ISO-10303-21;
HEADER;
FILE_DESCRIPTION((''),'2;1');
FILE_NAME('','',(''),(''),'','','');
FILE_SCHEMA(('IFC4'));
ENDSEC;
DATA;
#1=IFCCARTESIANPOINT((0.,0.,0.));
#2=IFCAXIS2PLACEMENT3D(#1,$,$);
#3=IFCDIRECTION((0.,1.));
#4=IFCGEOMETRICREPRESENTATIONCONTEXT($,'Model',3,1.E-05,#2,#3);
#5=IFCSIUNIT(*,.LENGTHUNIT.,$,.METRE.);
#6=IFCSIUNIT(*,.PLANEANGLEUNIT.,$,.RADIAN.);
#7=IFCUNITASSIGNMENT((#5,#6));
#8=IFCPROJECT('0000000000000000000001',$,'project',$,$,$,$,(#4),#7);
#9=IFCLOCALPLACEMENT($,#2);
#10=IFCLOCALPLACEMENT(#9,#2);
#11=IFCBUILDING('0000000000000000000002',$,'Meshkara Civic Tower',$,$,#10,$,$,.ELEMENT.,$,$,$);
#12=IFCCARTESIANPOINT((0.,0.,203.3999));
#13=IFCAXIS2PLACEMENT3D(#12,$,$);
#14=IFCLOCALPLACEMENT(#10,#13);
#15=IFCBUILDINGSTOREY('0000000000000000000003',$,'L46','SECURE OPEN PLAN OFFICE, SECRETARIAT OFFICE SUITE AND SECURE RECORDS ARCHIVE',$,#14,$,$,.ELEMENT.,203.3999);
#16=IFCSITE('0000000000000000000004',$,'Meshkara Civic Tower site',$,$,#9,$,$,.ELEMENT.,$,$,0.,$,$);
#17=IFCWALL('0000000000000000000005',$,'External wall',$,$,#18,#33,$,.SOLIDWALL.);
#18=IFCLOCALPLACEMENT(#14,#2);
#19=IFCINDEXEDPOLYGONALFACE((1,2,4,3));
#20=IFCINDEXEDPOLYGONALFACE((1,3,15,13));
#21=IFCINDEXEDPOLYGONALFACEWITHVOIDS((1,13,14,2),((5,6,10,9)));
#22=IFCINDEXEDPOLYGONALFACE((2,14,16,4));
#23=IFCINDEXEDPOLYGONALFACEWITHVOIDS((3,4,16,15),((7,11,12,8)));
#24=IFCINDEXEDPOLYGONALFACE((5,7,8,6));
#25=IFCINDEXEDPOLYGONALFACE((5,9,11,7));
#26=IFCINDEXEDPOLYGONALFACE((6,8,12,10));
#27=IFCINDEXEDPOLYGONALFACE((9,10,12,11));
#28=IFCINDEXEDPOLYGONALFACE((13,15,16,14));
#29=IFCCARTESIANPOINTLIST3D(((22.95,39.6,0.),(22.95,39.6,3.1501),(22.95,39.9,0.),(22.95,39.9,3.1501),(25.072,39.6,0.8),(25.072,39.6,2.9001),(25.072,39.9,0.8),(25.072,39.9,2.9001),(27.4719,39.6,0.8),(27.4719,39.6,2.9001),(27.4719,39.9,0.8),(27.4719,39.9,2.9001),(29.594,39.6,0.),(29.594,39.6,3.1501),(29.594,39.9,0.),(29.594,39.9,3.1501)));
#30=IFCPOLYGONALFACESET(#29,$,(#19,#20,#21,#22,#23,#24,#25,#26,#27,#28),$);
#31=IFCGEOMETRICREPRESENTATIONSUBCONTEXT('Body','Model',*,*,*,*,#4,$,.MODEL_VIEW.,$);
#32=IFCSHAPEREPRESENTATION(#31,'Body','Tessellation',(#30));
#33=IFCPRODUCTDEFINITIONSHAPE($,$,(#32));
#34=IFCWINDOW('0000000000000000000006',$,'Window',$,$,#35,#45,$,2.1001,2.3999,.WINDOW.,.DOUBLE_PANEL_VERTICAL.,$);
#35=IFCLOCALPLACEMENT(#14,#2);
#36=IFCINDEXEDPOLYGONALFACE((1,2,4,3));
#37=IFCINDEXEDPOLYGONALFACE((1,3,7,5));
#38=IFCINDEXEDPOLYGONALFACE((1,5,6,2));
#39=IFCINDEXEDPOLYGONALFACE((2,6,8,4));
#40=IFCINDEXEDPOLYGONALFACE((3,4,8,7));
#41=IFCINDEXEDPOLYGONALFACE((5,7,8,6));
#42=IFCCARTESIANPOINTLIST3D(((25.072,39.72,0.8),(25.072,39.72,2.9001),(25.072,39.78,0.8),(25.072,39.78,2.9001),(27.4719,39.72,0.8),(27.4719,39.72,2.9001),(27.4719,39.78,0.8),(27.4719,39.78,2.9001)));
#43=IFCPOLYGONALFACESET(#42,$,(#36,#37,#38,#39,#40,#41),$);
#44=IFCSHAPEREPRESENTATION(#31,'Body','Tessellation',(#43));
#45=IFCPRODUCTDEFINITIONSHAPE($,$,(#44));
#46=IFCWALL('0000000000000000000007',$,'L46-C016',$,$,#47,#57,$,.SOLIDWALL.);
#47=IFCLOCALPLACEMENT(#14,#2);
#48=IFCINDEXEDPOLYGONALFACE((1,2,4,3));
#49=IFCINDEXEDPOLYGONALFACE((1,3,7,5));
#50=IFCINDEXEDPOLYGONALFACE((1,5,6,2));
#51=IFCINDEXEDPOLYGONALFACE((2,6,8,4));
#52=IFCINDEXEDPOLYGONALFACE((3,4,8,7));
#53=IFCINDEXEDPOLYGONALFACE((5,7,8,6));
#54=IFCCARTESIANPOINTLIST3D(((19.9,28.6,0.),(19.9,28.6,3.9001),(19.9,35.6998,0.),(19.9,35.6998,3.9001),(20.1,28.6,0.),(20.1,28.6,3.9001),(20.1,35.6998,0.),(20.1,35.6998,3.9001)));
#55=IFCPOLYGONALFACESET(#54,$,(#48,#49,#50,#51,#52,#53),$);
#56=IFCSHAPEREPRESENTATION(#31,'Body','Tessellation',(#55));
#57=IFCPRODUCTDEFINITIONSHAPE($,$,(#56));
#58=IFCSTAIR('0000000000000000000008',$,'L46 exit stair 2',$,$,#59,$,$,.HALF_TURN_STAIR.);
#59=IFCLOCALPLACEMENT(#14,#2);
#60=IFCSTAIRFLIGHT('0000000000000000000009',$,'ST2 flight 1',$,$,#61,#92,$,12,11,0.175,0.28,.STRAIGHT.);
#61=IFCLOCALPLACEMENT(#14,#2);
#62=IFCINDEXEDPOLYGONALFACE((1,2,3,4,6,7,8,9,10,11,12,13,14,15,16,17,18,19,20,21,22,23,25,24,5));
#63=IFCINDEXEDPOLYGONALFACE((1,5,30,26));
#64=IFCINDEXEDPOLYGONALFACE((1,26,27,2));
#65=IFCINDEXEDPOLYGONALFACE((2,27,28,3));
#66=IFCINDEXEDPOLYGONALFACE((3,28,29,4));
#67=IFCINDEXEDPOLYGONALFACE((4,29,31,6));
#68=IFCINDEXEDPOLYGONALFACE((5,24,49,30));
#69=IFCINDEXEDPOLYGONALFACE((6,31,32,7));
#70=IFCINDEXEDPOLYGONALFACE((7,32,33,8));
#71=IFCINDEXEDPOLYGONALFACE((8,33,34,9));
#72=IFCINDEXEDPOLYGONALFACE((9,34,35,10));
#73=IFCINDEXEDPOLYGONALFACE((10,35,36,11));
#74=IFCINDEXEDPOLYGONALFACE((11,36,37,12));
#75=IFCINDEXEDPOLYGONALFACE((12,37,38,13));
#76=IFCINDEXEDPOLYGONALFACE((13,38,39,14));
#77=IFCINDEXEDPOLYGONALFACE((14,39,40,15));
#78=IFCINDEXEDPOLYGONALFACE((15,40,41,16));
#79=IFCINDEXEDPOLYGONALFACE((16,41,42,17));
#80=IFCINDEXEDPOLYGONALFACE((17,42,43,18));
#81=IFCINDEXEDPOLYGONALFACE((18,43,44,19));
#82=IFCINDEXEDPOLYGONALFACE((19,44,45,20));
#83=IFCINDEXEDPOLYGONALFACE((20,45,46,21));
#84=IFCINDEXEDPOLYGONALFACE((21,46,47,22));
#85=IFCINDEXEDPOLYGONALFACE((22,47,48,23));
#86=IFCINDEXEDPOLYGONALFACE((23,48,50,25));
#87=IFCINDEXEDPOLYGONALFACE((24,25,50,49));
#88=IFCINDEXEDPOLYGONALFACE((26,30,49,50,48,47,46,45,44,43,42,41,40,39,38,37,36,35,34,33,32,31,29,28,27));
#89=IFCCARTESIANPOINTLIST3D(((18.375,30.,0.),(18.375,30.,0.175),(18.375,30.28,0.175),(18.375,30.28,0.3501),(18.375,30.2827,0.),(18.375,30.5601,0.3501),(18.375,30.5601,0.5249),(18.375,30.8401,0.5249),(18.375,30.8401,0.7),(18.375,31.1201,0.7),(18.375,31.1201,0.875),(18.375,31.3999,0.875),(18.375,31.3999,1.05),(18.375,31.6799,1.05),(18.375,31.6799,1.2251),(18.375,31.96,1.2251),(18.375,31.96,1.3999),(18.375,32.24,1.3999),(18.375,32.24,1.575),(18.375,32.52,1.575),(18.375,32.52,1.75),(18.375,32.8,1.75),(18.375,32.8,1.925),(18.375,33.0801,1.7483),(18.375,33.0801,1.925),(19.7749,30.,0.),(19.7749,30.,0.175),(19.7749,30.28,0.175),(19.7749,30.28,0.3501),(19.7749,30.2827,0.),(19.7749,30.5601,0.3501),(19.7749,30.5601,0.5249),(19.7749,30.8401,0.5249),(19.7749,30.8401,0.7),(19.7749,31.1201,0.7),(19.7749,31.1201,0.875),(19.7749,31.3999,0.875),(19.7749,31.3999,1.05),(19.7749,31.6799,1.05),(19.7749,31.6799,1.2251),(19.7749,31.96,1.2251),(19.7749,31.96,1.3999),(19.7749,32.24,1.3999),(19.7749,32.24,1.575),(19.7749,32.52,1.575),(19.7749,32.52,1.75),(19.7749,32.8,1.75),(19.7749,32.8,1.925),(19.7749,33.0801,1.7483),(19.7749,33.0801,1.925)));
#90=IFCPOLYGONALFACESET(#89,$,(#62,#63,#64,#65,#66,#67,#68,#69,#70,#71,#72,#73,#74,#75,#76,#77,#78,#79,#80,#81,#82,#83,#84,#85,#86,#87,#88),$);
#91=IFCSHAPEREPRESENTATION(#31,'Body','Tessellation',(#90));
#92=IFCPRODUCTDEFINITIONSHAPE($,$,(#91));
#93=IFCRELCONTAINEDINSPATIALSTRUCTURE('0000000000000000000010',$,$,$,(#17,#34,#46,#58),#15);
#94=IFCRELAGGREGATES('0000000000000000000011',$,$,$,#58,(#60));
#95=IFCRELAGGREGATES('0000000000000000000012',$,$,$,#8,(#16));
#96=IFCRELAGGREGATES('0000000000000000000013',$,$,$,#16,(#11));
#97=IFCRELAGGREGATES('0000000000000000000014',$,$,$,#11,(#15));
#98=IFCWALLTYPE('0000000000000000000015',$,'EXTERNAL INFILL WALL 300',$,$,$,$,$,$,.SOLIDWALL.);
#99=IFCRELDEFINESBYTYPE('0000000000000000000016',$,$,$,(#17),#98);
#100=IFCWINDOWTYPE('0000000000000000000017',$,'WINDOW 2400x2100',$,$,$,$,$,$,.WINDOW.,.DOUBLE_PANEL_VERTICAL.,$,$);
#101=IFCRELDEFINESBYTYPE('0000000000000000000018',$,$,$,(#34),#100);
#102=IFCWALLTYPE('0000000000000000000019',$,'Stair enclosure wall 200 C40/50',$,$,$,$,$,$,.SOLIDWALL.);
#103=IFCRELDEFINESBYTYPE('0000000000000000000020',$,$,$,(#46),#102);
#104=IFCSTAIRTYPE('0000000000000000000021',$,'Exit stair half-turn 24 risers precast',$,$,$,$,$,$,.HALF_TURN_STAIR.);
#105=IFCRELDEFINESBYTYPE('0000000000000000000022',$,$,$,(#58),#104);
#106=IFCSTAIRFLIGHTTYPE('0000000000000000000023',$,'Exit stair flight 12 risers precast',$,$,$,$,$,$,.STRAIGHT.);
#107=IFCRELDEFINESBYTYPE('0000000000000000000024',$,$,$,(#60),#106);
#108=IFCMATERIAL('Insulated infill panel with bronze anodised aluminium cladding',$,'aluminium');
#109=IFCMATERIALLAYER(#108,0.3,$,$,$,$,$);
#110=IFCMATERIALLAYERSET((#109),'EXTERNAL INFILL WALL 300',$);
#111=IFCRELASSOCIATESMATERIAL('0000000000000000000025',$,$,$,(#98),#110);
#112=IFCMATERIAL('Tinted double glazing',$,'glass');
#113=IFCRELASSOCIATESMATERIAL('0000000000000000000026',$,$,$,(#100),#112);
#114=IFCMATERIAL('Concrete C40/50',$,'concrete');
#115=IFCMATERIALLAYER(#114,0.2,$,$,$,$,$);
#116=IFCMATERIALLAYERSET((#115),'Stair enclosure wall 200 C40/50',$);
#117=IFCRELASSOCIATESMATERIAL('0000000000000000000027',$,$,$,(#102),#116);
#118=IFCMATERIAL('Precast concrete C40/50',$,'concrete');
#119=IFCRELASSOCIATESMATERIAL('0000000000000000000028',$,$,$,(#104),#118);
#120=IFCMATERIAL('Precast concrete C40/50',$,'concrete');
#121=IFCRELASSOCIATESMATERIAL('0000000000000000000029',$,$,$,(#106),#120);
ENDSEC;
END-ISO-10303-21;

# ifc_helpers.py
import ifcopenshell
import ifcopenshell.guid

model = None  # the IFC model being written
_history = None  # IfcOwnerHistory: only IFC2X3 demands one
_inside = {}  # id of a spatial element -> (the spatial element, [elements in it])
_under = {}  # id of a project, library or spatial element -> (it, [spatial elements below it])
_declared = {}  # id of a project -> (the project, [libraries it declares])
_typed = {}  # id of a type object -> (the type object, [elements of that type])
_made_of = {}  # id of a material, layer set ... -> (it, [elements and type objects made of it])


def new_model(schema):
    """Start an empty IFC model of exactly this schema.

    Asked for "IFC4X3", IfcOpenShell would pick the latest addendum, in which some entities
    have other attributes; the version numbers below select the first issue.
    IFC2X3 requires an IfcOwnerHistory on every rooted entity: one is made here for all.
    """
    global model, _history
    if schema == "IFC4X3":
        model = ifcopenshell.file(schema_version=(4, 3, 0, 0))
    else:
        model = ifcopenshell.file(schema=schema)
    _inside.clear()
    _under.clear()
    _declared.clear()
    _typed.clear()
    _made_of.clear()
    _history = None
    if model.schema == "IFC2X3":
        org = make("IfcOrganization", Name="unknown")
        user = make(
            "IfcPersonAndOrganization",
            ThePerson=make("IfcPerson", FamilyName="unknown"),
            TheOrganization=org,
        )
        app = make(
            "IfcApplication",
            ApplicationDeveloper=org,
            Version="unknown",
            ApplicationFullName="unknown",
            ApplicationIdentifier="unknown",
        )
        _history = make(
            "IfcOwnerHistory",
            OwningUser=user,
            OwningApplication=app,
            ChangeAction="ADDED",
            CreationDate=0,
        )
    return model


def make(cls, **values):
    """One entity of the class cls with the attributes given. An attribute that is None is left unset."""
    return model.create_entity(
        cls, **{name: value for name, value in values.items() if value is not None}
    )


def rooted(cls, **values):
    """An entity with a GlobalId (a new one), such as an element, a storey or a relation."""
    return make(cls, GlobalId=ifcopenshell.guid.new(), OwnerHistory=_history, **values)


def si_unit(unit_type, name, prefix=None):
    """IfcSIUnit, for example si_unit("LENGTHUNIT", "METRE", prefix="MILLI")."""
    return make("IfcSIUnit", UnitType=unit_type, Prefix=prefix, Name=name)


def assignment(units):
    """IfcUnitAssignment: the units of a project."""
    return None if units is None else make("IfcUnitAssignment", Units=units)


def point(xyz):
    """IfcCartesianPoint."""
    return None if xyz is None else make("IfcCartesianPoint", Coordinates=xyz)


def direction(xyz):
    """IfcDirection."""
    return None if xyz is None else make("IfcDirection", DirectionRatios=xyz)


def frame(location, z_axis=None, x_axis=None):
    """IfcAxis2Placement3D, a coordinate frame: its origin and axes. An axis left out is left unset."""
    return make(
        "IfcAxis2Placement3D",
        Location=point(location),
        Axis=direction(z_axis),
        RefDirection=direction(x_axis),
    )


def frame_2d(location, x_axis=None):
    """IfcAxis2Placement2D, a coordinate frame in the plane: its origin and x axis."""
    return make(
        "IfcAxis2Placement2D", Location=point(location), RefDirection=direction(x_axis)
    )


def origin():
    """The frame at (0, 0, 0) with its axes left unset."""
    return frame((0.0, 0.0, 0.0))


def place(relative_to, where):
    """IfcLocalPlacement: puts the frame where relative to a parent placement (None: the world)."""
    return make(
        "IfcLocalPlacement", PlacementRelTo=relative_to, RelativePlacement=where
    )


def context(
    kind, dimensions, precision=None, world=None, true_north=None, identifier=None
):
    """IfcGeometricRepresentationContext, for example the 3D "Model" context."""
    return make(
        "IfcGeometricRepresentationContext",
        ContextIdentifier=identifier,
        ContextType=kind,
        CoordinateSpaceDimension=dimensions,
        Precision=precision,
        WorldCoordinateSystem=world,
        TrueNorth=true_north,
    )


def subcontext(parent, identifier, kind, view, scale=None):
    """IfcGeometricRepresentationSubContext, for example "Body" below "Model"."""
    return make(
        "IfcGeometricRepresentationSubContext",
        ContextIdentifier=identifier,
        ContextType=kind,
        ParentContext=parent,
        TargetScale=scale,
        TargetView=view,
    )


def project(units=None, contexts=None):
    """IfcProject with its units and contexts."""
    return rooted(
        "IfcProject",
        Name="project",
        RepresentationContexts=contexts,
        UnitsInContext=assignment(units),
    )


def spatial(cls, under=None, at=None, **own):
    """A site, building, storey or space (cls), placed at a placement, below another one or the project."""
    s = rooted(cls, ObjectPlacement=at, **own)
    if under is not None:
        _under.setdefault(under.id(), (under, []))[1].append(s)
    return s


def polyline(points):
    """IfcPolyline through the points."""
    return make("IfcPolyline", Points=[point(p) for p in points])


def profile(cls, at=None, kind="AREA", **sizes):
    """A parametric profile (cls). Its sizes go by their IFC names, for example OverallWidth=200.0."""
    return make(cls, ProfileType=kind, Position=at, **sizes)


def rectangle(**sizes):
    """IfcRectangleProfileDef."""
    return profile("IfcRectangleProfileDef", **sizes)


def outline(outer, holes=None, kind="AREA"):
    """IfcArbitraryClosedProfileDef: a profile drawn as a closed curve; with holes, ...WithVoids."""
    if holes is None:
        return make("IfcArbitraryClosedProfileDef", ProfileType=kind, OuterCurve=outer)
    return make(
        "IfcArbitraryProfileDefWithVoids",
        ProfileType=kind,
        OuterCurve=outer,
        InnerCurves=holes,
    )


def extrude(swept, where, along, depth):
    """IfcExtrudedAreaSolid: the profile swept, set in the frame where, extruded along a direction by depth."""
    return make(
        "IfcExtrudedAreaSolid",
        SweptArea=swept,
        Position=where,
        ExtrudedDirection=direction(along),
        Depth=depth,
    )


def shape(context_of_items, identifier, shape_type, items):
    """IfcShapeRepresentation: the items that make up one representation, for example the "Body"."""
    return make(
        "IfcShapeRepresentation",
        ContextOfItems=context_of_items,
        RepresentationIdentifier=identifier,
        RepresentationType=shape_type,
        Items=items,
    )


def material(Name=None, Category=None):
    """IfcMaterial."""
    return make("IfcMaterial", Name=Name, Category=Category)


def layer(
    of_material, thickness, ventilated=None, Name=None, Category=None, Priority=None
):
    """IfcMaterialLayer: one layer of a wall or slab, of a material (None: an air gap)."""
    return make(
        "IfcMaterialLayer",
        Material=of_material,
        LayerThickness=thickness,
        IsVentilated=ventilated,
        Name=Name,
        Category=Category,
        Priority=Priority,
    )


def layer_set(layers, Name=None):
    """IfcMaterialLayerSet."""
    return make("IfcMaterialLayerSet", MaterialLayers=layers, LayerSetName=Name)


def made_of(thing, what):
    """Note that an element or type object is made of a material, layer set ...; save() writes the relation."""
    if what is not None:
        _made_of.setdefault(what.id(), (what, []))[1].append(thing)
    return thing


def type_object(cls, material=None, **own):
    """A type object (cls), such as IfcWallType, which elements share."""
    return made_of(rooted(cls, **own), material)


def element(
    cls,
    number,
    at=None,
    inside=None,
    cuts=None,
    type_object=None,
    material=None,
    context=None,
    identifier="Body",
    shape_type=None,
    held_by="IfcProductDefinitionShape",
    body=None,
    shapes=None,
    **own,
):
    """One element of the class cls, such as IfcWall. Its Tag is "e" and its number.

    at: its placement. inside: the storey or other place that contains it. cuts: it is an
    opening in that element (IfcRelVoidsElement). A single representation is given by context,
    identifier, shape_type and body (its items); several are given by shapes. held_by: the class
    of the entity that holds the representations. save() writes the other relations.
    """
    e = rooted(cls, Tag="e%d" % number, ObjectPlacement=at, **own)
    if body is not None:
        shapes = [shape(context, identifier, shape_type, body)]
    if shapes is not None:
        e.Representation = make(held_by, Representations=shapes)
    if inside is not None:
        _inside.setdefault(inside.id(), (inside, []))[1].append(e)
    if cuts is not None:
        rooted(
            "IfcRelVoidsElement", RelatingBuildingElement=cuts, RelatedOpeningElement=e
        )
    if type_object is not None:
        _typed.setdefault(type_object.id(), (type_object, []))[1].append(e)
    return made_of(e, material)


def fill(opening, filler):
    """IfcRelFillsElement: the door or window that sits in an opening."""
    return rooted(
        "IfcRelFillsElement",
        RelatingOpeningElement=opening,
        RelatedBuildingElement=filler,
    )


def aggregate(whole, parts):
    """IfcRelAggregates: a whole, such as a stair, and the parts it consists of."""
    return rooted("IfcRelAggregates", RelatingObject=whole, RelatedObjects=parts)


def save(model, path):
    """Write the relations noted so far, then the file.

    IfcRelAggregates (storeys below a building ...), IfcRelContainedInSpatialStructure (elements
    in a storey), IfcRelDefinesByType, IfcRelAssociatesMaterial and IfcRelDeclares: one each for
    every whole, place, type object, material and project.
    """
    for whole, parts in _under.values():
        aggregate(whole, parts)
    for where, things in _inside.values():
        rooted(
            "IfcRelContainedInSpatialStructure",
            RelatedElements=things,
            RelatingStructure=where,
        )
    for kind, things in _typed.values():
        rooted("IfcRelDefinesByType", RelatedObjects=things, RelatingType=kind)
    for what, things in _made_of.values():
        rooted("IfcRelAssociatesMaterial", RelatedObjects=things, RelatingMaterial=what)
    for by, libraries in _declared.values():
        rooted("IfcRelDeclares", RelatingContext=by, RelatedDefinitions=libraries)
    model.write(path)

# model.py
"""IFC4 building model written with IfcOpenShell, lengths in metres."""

from ifc_helpers import new_model, si_unit, direction, frame, frame_2d, origin, place, context, subcontext, project, spatial, polyline, rectangle, outline, extrude, material, layer, layer_set, type_object, element, fill, aggregate, save


model = new_model("IFC4")

# Units and contexts
model_context = context("Model", 3, precision=1e-05, world=origin(), true_north=direction((0.0, 1.0)))
body_context = subcontext(model_context, "Body", "Model", "MODEL_VIEW")
ifc_project = project(units=[si_unit("LENGTHUNIT", "METRE"), si_unit("PLANEANGLEUNIT", "RADIAN")], contexts=[model_context])

# Site, building, storey
site_placement = place(None, origin())
site = spatial("IfcSite", under=ifc_project, at=site_placement, Name="Meshkara Civic Tower site", CompositionType="ELEMENT", RefElevation=0.0)
building_placement = place(site_placement, origin())
building = spatial("IfcBuilding", under=site, at=building_placement, Name="Meshkara Civic Tower", CompositionType="ELEMENT")
storey_placement = place(building_placement, frame((0.0, 0.0, 203.3999)))
storey = spatial("IfcBuildingStorey", under=building, at=storey_placement, Name="L46", Description="SECURE OPEN PLAN OFFICE, SECRETARIAT OFFICE SUITE AND SECURE RECORDS ARCHIVE", CompositionType="ELEMENT", Elevation=203.3999)

# Wall, opening, window
ifc_material_1 = material(Name="Insulated infill panel with bronze anodised aluminium cladding", Category="aluminium")
ifc_layer_1 = layer(ifc_material_1, 0.3)
ifc_layer_set_1 = layer_set([ifc_layer_1], Name="EXTERNAL INFILL WALL 300")
wall_type_1 = type_object("IfcWallType", Name="EXTERNAL INFILL WALL 300", PredefinedType="SOLIDWALL", material=ifc_layer_set_1)
ifc_material_2 = material(Name="Tinted double glazing", Category="glass")
window_type_1 = type_object("IfcWindowType", Name="WINDOW 2400x2100", PartitioningType="DOUBLE_PANEL_VERTICAL", PredefinedType="WINDOW", material=ifc_material_2)
wall_1_placement = place(storey_placement, frame((29.594, 39.75, 0.0), z_axis=(0.0, 0.0, 1.0), x_axis=(-1.0, 0.0, 0.0)))
wall_1 = element("IfcWall", 1, at=wall_1_placement, inside=storey, type_object=wall_type_1, Name="External wall", PredefinedType="SOLIDWALL", context=body_context, shape_type="SweptSolid", body=[
    extrude(rectangle(XDim=6.644, YDim=0.3, at=frame_2d((3.322, 0.0))), origin(), (0.0, 0.0, 1.0), 3.1501),
])
opening_1_placement = place(wall_1_placement, frame((2.1221, 0.0, 0.8)))
opening_1 = element("IfcOpeningElement", 2, at=opening_1_placement, cuts=wall_1, PredefinedType="OPENING", context=body_context, shape_type="SweptSolid", body=[
    extrude(rectangle(XDim=2.3999, YDim=2.1001, at=frame_2d((1.2, 1.05))), frame((0.0, 0.1599, 0.0), z_axis=(0.0, -1.0, 0.0), x_axis=(1.0, 0.0, 0.0)), (0.0, 0.0, 1.0), 0.3201),
])
window_1_placement = place(opening_1_placement, origin())
window_1 = element("IfcWindow", 3, at=window_1_placement, inside=storey, type_object=window_type_1, Name="Window", OverallHeight=2.1001, OverallWidth=2.3999, PartitioningType="DOUBLE_PANEL_VERTICAL", PredefinedType="WINDOW", context=body_context, shape_type="SweptSolid", body=[
    extrude(rectangle(XDim=2.3999, YDim=2.1001, at=frame_2d((1.2, 1.05))), frame((0.0, 0.03, 0.0), z_axis=(0.0, -1.0, 0.0), x_axis=(1.0, 0.0, 0.0)), (0.0, 0.0, 1.0), 0.0601),
])
fill(opening_1, window_1)

# Wall
ifc_material_3 = material(Name="Concrete C40/50", Category="concrete")
ifc_layer_2 = layer(ifc_material_3, 0.2)
ifc_layer_set_2 = layer_set([ifc_layer_2], Name="Stair enclosure wall 200 C40/50")
wall_type_2 = type_object("IfcWallType", Name="Stair enclosure wall 200 C40/50", PredefinedType="SOLIDWALL", material=ifc_layer_set_2)
wall_2_placement = place(storey_placement, frame((20.0, 28.6001, 0.0), z_axis=(0.0, 0.0, 1.0), x_axis=(0.0, 1.0, 0.0)))
element("IfcWall", 4, at=wall_2_placement, inside=storey, type_object=wall_type_2, Name="L46-C016", PredefinedType="SOLIDWALL", context=body_context, shape_type="SweptSolid", body=[
    extrude(rectangle(XDim=7.0999, YDim=0.2, at=frame_2d((3.5498, 0.0))), origin(), (0.0, 0.0, 1.0), 3.9001),
])

# Stair, stair flight
ifc_material_4 = material(Name="Precast concrete C40/50", Category="concrete")
stair_type = type_object("IfcStairType", Name="Exit stair half-turn 24 risers precast", PredefinedType="HALF_TURN_STAIR", material=ifc_material_4)
stair_placement = place(storey_placement, origin())
stair = element("IfcStair", 5, at=stair_placement, inside=storey, type_object=stair_type, Name="L46 exit stair 2", PredefinedType="HALF_TURN_STAIR")
ifc_material_5 = material(Name="Precast concrete C40/50", Category="concrete")
stair_flight_type = type_object("IfcStairFlightType", Name="Exit stair flight 12 risers precast", PredefinedType="STRAIGHT", material=ifc_material_5)
stair_flight_placement = place(storey_placement, frame((19.075, 30.0, 0.0), z_axis=(0.0, 0.0, 1.0), x_axis=(0.0, 1.0, 0.0)))
stair_flight = element("IfcStairFlight", 6, at=stair_flight_placement, type_object=stair_flight_type, Name="ST2 flight 1", NumberOfRisers=12, NumberOfTreads=11, PredefinedType="STRAIGHT", RiserHeight=0.175, TreadLength=0.28, context=body_context, shape_type="SweptSolid", body=[
    extrude(outline(polyline([(0.0, 0.0), (0.0, 0.175), (0.28, 0.175), (0.28, 0.3501), (0.5601, 0.3501), (0.5601, 0.5249), (0.8401, 0.5249), (0.8401, 0.7), (1.1201, 0.7), (1.1201, 0.875), (1.3999, 0.875), (1.3999, 1.05), (1.6799, 1.05), (1.6799, 1.2251), (1.96, 1.2251), (1.96, 1.3999), (2.24, 1.3999), (2.24, 1.575), (2.52, 1.575), (2.52, 1.75), (2.8, 1.75), (2.8, 1.925), (3.0801, 1.925), (3.0801, 2.1001), (3.0801, 1.7483), (0.2827, 0.0), (0.0, 0.0)])), frame((0.0, 0.7, 0.0), z_axis=(0.0, -1.0, 0.0), x_axis=(1.0, 0.0, 0.0)), (0.0, 0.0, 1.0), 1.3999),
])
aggregate(stair, [stair_flight])

save(model, "model.ifc")
